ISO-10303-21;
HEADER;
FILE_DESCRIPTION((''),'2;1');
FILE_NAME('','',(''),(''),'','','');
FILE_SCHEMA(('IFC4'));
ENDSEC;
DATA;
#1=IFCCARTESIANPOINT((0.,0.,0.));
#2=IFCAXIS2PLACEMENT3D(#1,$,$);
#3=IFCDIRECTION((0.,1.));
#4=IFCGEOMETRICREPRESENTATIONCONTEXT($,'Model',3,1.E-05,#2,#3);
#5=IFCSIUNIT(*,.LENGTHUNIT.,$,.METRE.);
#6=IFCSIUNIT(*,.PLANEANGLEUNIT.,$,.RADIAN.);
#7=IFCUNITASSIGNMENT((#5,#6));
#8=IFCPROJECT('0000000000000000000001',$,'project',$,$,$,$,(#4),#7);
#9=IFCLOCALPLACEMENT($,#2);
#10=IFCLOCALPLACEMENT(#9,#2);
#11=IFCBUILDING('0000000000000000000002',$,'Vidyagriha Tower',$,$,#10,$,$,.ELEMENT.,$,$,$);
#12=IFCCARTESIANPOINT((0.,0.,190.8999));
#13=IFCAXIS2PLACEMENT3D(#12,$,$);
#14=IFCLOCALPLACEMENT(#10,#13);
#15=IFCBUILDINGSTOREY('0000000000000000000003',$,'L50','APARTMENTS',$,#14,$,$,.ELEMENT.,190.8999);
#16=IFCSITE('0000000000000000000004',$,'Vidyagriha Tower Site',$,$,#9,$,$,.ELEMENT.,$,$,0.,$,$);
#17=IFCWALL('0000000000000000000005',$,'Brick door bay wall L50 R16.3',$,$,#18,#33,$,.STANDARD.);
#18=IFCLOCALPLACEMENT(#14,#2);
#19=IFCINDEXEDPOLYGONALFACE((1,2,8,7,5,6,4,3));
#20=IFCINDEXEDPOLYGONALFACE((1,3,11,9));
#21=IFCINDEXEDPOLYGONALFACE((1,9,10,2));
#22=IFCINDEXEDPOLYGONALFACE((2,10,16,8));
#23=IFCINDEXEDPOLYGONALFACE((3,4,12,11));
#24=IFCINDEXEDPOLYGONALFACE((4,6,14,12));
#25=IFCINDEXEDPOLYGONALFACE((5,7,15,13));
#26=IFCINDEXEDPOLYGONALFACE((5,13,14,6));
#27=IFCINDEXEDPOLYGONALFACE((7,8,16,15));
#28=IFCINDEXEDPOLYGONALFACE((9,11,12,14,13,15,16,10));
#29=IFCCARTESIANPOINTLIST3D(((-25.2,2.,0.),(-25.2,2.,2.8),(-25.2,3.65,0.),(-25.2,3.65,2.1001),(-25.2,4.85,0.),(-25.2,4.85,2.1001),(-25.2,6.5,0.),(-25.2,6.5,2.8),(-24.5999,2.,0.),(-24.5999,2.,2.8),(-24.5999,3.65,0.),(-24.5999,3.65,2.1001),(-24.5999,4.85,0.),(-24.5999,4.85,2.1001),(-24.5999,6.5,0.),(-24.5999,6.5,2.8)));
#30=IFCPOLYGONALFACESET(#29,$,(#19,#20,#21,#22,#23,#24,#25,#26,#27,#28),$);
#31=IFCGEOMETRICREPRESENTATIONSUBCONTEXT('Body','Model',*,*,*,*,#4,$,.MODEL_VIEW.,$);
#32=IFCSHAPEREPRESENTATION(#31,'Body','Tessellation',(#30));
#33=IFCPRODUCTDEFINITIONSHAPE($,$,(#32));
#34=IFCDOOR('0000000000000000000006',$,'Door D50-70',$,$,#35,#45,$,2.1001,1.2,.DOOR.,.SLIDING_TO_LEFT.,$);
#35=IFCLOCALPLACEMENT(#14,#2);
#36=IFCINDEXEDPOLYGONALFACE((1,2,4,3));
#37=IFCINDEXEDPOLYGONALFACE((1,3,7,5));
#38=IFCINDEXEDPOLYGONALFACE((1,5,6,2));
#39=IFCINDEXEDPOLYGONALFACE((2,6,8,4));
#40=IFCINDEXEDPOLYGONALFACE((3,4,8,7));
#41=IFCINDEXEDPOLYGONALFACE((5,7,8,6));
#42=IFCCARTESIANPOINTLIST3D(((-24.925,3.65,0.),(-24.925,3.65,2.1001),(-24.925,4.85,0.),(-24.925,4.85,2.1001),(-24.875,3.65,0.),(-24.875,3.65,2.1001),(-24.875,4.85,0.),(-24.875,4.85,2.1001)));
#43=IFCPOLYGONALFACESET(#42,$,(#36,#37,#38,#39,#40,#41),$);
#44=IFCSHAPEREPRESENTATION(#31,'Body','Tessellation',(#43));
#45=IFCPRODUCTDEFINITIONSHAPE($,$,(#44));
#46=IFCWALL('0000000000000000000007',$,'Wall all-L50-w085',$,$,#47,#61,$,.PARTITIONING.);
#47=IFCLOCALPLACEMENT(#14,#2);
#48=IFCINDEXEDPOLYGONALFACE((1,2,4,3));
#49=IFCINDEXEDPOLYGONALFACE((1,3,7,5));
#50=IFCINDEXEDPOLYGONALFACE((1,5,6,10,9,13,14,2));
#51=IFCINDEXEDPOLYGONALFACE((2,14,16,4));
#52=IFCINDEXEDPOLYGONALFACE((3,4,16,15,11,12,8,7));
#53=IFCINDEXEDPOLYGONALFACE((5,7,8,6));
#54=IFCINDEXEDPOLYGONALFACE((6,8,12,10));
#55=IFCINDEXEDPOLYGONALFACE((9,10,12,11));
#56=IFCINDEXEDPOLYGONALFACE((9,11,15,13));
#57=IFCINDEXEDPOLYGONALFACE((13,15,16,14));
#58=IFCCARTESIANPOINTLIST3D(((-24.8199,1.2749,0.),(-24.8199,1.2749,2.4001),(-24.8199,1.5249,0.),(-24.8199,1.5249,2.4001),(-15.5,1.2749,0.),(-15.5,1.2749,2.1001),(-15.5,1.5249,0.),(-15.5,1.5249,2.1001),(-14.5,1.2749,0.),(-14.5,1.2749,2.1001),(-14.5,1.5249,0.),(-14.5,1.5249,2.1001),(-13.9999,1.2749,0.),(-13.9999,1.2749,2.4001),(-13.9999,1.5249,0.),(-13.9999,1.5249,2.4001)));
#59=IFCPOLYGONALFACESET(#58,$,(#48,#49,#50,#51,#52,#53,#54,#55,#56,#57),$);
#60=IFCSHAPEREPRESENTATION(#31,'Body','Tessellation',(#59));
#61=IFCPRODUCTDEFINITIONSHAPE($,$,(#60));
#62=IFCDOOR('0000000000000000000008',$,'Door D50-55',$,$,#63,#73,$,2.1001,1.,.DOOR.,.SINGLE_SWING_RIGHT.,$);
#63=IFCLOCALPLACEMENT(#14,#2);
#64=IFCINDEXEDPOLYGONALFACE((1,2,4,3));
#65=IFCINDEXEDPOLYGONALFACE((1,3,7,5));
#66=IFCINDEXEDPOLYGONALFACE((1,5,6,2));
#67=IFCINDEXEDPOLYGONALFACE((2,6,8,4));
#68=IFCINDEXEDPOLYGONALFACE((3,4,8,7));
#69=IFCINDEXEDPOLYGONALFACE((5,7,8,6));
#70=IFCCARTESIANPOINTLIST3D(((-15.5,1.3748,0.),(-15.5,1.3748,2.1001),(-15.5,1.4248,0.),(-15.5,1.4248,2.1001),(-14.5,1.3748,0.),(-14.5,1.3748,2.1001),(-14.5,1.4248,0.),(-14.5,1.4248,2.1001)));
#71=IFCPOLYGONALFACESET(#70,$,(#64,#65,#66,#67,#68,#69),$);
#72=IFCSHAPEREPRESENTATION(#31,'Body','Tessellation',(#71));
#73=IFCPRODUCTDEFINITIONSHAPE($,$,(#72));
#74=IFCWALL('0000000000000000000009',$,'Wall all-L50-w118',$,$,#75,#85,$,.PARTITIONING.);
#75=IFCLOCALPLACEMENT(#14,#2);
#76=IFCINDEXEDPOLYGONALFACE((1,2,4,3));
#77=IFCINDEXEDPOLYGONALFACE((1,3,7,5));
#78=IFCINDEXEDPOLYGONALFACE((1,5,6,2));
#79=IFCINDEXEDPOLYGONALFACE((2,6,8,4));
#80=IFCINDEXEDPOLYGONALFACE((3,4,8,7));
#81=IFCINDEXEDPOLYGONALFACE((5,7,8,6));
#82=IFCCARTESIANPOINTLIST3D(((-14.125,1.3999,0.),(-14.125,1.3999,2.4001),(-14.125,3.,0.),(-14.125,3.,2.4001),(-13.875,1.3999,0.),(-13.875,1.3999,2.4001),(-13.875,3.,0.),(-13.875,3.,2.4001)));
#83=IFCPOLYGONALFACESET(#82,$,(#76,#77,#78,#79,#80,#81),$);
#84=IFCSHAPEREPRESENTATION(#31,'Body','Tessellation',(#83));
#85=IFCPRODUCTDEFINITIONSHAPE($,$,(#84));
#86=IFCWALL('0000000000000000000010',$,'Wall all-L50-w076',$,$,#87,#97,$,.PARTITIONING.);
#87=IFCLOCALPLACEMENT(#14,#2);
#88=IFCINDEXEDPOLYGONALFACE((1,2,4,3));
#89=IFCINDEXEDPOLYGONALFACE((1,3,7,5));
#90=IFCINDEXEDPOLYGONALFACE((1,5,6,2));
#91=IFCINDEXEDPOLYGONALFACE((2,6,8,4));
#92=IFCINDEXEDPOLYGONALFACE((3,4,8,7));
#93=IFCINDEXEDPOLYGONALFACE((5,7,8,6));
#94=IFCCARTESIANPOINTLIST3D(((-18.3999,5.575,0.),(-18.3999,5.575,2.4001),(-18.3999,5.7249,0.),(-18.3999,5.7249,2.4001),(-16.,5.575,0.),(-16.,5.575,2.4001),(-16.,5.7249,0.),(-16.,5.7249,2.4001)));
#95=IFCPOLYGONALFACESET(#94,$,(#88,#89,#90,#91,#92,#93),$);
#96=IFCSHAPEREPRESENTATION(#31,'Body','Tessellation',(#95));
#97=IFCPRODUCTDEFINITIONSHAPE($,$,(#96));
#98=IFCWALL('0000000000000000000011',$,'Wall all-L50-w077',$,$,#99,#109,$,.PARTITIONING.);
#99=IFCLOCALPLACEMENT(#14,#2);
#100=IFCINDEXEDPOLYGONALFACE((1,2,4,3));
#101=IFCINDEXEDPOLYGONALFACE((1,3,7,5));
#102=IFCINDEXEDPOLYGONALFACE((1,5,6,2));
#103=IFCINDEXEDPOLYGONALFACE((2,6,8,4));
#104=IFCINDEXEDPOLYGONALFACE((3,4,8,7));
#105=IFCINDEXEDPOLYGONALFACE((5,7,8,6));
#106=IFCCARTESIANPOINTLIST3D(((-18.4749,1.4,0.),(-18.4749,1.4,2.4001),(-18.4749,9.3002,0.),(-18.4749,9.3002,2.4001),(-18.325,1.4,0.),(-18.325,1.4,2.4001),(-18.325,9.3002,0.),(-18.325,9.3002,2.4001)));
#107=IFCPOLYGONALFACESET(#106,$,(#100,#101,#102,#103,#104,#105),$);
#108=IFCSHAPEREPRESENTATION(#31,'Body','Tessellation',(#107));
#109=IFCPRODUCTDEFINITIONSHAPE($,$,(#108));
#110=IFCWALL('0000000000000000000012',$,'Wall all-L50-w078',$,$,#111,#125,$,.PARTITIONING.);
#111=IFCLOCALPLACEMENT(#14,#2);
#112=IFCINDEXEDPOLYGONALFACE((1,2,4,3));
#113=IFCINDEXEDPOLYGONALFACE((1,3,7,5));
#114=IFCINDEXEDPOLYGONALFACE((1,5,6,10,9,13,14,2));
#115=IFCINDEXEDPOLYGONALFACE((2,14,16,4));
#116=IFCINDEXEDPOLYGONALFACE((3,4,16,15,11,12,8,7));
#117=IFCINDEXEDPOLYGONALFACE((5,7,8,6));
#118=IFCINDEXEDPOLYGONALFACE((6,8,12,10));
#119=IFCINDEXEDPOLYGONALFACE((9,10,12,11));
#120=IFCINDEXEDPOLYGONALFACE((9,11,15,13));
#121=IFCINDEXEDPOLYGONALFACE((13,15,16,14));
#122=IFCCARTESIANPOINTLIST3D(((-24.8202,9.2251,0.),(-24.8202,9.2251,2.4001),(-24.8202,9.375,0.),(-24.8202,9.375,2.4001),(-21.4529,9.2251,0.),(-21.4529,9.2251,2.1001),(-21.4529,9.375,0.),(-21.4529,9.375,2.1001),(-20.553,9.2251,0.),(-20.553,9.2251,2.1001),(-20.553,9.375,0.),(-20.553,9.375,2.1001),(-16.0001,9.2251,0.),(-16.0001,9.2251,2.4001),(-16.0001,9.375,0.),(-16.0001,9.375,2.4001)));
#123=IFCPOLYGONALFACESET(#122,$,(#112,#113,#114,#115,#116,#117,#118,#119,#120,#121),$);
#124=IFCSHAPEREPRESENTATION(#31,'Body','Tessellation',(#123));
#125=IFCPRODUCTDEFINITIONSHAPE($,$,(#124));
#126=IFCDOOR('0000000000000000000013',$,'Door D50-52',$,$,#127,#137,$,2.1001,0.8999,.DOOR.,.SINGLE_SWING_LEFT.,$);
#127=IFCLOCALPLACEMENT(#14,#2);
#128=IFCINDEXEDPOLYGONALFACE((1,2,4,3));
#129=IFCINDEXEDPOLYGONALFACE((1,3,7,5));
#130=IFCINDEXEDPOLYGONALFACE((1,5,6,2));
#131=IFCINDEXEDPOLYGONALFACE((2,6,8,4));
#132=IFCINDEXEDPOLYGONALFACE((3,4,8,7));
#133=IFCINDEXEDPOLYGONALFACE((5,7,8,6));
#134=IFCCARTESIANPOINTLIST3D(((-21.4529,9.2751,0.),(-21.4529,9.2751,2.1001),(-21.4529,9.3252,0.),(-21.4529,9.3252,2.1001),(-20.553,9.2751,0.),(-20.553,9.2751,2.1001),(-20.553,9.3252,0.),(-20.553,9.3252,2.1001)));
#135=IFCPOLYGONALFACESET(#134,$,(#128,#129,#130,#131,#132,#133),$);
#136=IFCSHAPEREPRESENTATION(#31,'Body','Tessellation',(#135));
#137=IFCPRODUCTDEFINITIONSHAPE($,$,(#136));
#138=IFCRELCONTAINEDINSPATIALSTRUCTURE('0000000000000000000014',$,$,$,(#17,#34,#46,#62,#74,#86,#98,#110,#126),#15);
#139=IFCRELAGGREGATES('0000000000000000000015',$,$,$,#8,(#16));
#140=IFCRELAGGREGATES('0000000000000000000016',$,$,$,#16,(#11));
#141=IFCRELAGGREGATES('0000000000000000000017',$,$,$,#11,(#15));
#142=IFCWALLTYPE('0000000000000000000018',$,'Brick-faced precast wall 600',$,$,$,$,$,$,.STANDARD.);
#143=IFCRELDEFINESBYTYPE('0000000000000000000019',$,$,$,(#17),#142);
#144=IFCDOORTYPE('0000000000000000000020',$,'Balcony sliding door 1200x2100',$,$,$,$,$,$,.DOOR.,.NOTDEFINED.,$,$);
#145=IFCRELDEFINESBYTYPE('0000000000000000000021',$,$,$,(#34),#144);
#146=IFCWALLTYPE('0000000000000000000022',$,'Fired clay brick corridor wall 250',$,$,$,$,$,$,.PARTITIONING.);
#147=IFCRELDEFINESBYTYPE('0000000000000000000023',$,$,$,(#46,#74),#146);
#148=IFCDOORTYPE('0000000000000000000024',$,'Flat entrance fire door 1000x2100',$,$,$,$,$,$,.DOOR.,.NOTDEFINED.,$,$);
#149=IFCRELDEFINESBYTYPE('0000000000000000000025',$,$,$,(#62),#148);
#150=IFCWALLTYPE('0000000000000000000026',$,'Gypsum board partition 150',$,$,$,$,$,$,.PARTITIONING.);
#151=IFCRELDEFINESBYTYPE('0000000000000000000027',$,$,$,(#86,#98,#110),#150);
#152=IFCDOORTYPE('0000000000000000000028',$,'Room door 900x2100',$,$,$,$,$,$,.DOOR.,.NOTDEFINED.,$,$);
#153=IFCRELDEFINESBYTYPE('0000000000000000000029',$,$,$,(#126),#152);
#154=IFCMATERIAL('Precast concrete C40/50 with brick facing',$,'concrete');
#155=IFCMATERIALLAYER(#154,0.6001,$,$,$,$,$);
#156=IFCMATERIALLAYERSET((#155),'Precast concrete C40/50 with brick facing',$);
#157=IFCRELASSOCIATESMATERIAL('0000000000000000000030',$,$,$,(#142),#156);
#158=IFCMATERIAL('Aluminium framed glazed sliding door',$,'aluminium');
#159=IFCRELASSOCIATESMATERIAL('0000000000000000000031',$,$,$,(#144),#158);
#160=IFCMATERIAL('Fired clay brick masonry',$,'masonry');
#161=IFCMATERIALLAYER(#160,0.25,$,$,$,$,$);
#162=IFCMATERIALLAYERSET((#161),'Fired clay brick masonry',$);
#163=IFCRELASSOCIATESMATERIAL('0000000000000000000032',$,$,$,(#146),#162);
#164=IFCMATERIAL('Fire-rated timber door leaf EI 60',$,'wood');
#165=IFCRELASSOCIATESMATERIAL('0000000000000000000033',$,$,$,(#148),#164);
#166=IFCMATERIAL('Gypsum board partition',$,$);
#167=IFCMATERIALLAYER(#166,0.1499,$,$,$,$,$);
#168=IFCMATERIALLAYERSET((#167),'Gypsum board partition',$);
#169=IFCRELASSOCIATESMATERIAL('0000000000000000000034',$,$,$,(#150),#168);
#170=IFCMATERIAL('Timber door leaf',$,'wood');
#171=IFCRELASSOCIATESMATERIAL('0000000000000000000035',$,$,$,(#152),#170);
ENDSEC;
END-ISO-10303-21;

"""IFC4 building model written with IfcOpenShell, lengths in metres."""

from ifc_helpers import new_model, si_unit, direction, frame, frame_2d, origin, place, context, subcontext, project, spatial, rectangle, extrude, material, layer, layer_set, type_object, element, fill, save


model = new_model("IFC4")

# Units and contexts
model_context = context("Model", 3, precision=1e-05, world=origin(), true_north=direction((0.0, 1.0)))
body_context = subcontext(model_context, "Body", "Model", "MODEL_VIEW")
ifc_project = project(units=[si_unit("LENGTHUNIT", "METRE"), si_unit("PLANEANGLEUNIT", "RADIAN")], contexts=[model_context])

# Site, building, storey
site_placement = place(None, origin())
site = spatial("IfcSite", under=ifc_project, at=site_placement, Name="Vidyagriha Tower Site", CompositionType="ELEMENT", RefElevation=0.0)
building_placement = place(site_placement, origin())
building = spatial("IfcBuilding", under=site, at=building_placement, Name="Vidyagriha Tower", CompositionType="ELEMENT")
storey_placement = place(building_placement, frame((0.0, 0.0, 190.8999)))
storey = spatial("IfcBuildingStorey", under=building, at=storey_placement, Name="L50", Description="APARTMENTS", CompositionType="ELEMENT", Elevation=190.8999)

# Walls, openings, doors
ifc_material_1 = material(Name="Precast concrete C40/50 with brick facing", Category="concrete")
ifc_layer_1 = layer(ifc_material_1, 0.6001)
ifc_layer_set_1 = layer_set([ifc_layer_1], Name="Precast concrete C40/50 with brick facing")
wall_type_1 = type_object("IfcWallType", Name="Brick-faced precast wall 600", PredefinedType="STANDARD", material=ifc_layer_set_1)
wall_1_placement = place(storey_placement, frame((-24.8999, 6.5, 0.0), z_axis=(0.0, 0.0, 1.0), x_axis=(0.0, -1.0, 0.0)))
wall_1 = element("IfcWall", 1, at=wall_1_placement, inside=storey, type_object=wall_type_1, Name="Brick door bay wall L50 R16.3", PredefinedType="STANDARD", context=body_context, shape_type="SweptSolid", body=[
    extrude(rectangle(XDim=4.5, YDim=0.6001, at=frame_2d((2.25, 0.0))), origin(), (0.0, 0.0, 1.0), 2.8),
])
opening_1_placement = place(wall_1_placement, frame((1.6499, 0.0, 0.0)))
opening_1 = element("IfcOpeningElement", 2, at=opening_1_placement, cuts=wall_1, PredefinedType="OPENING", context=body_context, shape_type="SweptSolid", body=[
    extrude(rectangle(XDim=1.2, YDim=2.1001, at=frame_2d((0.6001, 1.05))), frame((0.0, 0.3101, 0.0), z_axis=(0.0, -1.0, 0.0), x_axis=(1.0, 0.0, 0.0)), (0.0, 0.0, 1.0), 0.6201),
])
ifc_material_2 = material(Name="Aluminium framed glazed sliding door", Category="aluminium")
door_type_1 = type_object("IfcDoorType", Name="Balcony sliding door 1200x2100", OperationType="NOTDEFINED", PredefinedType="DOOR", material=ifc_material_2)
door_1_placement = place(opening_1_placement, origin())
door_1 = element("IfcDoor", 3, at=door_1_placement, inside=storey, type_object=door_type_1, Name="Door D50-70", OperationType="SLIDING_TO_LEFT", OverallHeight=2.1001, OverallWidth=1.2, PredefinedType="DOOR", context=body_context, shape_type="SweptSolid", body=[
    extrude(rectangle(XDim=1.2, YDim=2.1001, at=frame_2d((0.6001, 1.05))), frame((0.0, 0.0249, 0.0), z_axis=(0.0, -1.0, 0.0), x_axis=(1.0, 0.0, 0.0)), (0.0, 0.0, 1.0), 0.05),
])
fill(opening_1, door_1)
ifc_material_3 = material(Name="Fired clay brick masonry", Category="masonry")
ifc_layer_2 = layer(ifc_material_3, 0.25)
ifc_layer_set_2 = layer_set([ifc_layer_2], Name="Fired clay brick masonry")
wall_type_2 = type_object("IfcWallType", Name="Fired clay brick corridor wall 250", PredefinedType="PARTITIONING", material=ifc_layer_set_2)
wall_2_placement = place(storey_placement, frame((-24.8201, 1.3999, 0.0)))
wall_2 = element("IfcWall", 4, at=wall_2_placement, inside=storey, type_object=wall_type_2, Name="Wall all-L50-w085", PredefinedType="PARTITIONING", context=body_context, shape_type="SweptSolid", body=[
    extrude(rectangle(XDim=10.8201, YDim=0.25, at=frame_2d((5.4102, 0.0))), origin(), (0.0, 0.0, 1.0), 2.4001),
])
opening_2_placement = place(wall_2_placement, frame((9.3201, 0.0, 0.0)))
opening_2 = element("IfcOpeningElement", 5, at=opening_2_placement, cuts=wall_2, PredefinedType="OPENING", context=body_context, shape_type="SweptSolid", body=[
    extrude(rectangle(XDim=1.0, YDim=2.1001, at=frame_2d((0.5, 1.05))), frame((0.0, 0.135, 0.0), z_axis=(0.0, -1.0, 0.0), x_axis=(1.0, 0.0, 0.0)), (0.0, 0.0, 1.0), 0.27),
])
ifc_material_4 = material(Name="Fire-rated timber door leaf EI 60", Category="wood")
door_type_2 = type_object("IfcDoorType", Name="Flat entrance fire door 1000x2100", OperationType="NOTDEFINED", PredefinedType="DOOR", material=ifc_material_4)
door_2_placement = place(opening_2_placement, origin())
door_2 = element("IfcDoor", 6, at=door_2_placement, inside=storey, type_object=door_type_2, Name="Door D50-55", OperationType="SINGLE_SWING_RIGHT", OverallHeight=2.1001, OverallWidth=1.0, PredefinedType="DOOR", context=body_context, shape_type="SweptSolid", body=[
    extrude(rectangle(XDim=1.0, YDim=2.1001, at=frame_2d((0.5, 1.05))), frame((0.0, 0.0249, 0.0), z_axis=(0.0, -1.0, 0.0), x_axis=(1.0, 0.0, 0.0)), (0.0, 0.0, 1.0), 0.05),
])
fill(opening_2, door_2)

# Walls
wall_3_placement = place(storey_placement, frame((-14.0, 3.0, 0.0), z_axis=(0.0, 0.0, 1.0), x_axis=(0.0, -1.0, 0.0)))
element("IfcWall", 7, at=wall_3_placement, inside=storey, type_object=wall_type_2, Name="Wall all-L50-w118", PredefinedType="PARTITIONING", context=body_context, shape_type="SweptSolid", body=[
    extrude(rectangle(XDim=1.6001, YDim=0.25, at=frame_2d((0.8, 0.0))), origin(), (0.0, 0.0, 1.0), 2.4001),
])
ifc_material_5 = material(Name="Gypsum board partition")
ifc_layer_3 = layer(ifc_material_5, 0.1499)
ifc_layer_set_3 = layer_set([ifc_layer_3], Name="Gypsum board partition")
wall_type_3 = type_object("IfcWallType", Name="Gypsum board partition 150", PredefinedType="PARTITIONING", material=ifc_layer_set_3)
wall_4_placement = place(storey_placement, frame((-18.3999, 5.6499, 0.0)))
element("IfcWall", 8, at=wall_4_placement, inside=storey, type_object=wall_type_3, Name="Wall all-L50-w076", PredefinedType="PARTITIONING", context=body_context, shape_type="SweptSolid", body=[
    extrude(rectangle(XDim=2.3999, YDim=0.1499, at=frame_2d((1.2, 0.0))), origin(), (0.0, 0.0, 1.0), 2.4001),
])
wall_5_placement = place(storey_placement, frame((-18.3999, 1.3999, 0.0), z_axis=(0.0, 0.0, 1.0), x_axis=(0.0, 1.0, 0.0)))
element("IfcWall", 9, at=wall_5_placement, inside=storey, type_object=wall_type_3, Name="Wall all-L50-w077", PredefinedType="PARTITIONING", context=body_context, shape_type="SweptSolid", body=[
    extrude(rectangle(XDim=7.9001, YDim=0.1499, at=frame_2d((3.9502, 0.0))), origin(), (0.0, 0.0, 1.0), 2.4001),
])

# Wall, opening, door
wall_6_placement = place(storey_placement, frame((-16.0, 9.3, 0.0), z_axis=(0.0, 0.0, 1.0), x_axis=(-1.0, 0.0, 0.0)))
wall_6 = element("IfcWall", 10, at=wall_6_placement, inside=storey, type_object=wall_type_3, Name="Wall all-L50-w078", PredefinedType="PARTITIONING", context=body_context, shape_type="SweptSolid", body=[
    extrude(rectangle(XDim=8.8201, YDim=0.1499, at=frame_2d((4.4102, 0.0))), origin(), (0.0, 0.0, 1.0), 2.4001),
])
opening_3_placement = place(wall_6_placement, frame((4.553, 0.0, 0.0)))
opening_3 = element("IfcOpeningElement", 11, at=opening_3_placement, cuts=wall_6, PredefinedType="OPENING", context=body_context, shape_type="SweptSolid", body=[
    extrude(rectangle(XDim=0.8999, YDim=2.1001, at=frame_2d((0.45, 1.05))), frame((0.0, 0.085, 0.0), z_axis=(0.0, -1.0, 0.0), x_axis=(1.0, 0.0, 0.0)), (0.0, 0.0, 1.0), 0.1699),
])
ifc_material_6 = material(Name="Timber door leaf", Category="wood")
door_type_3 = type_object("IfcDoorType", Name="Room door 900x2100", OperationType="NOTDEFINED", PredefinedType="DOOR", material=ifc_material_6)
door_3_placement = place(opening_3_placement, origin())
door_3 = element("IfcDoor", 12, at=door_3_placement, inside=storey, type_object=door_type_3, Name="Door D50-52", OperationType="SINGLE_SWING_LEFT", OverallHeight=2.1001, OverallWidth=0.8999, PredefinedType="DOOR", context=body_context, shape_type="SweptSolid", body=[
    extrude(rectangle(XDim=0.8999, YDim=2.1001, at=frame_2d((0.45, 1.05))), frame((0.0, 0.0249, 0.0), z_axis=(0.0, -1.0, 0.0), x_axis=(1.0, 0.0, 0.0)), (0.0, 0.0, 1.0), 0.05),
])
fill(opening_3, door_3)

save(model, "model.ifc")
